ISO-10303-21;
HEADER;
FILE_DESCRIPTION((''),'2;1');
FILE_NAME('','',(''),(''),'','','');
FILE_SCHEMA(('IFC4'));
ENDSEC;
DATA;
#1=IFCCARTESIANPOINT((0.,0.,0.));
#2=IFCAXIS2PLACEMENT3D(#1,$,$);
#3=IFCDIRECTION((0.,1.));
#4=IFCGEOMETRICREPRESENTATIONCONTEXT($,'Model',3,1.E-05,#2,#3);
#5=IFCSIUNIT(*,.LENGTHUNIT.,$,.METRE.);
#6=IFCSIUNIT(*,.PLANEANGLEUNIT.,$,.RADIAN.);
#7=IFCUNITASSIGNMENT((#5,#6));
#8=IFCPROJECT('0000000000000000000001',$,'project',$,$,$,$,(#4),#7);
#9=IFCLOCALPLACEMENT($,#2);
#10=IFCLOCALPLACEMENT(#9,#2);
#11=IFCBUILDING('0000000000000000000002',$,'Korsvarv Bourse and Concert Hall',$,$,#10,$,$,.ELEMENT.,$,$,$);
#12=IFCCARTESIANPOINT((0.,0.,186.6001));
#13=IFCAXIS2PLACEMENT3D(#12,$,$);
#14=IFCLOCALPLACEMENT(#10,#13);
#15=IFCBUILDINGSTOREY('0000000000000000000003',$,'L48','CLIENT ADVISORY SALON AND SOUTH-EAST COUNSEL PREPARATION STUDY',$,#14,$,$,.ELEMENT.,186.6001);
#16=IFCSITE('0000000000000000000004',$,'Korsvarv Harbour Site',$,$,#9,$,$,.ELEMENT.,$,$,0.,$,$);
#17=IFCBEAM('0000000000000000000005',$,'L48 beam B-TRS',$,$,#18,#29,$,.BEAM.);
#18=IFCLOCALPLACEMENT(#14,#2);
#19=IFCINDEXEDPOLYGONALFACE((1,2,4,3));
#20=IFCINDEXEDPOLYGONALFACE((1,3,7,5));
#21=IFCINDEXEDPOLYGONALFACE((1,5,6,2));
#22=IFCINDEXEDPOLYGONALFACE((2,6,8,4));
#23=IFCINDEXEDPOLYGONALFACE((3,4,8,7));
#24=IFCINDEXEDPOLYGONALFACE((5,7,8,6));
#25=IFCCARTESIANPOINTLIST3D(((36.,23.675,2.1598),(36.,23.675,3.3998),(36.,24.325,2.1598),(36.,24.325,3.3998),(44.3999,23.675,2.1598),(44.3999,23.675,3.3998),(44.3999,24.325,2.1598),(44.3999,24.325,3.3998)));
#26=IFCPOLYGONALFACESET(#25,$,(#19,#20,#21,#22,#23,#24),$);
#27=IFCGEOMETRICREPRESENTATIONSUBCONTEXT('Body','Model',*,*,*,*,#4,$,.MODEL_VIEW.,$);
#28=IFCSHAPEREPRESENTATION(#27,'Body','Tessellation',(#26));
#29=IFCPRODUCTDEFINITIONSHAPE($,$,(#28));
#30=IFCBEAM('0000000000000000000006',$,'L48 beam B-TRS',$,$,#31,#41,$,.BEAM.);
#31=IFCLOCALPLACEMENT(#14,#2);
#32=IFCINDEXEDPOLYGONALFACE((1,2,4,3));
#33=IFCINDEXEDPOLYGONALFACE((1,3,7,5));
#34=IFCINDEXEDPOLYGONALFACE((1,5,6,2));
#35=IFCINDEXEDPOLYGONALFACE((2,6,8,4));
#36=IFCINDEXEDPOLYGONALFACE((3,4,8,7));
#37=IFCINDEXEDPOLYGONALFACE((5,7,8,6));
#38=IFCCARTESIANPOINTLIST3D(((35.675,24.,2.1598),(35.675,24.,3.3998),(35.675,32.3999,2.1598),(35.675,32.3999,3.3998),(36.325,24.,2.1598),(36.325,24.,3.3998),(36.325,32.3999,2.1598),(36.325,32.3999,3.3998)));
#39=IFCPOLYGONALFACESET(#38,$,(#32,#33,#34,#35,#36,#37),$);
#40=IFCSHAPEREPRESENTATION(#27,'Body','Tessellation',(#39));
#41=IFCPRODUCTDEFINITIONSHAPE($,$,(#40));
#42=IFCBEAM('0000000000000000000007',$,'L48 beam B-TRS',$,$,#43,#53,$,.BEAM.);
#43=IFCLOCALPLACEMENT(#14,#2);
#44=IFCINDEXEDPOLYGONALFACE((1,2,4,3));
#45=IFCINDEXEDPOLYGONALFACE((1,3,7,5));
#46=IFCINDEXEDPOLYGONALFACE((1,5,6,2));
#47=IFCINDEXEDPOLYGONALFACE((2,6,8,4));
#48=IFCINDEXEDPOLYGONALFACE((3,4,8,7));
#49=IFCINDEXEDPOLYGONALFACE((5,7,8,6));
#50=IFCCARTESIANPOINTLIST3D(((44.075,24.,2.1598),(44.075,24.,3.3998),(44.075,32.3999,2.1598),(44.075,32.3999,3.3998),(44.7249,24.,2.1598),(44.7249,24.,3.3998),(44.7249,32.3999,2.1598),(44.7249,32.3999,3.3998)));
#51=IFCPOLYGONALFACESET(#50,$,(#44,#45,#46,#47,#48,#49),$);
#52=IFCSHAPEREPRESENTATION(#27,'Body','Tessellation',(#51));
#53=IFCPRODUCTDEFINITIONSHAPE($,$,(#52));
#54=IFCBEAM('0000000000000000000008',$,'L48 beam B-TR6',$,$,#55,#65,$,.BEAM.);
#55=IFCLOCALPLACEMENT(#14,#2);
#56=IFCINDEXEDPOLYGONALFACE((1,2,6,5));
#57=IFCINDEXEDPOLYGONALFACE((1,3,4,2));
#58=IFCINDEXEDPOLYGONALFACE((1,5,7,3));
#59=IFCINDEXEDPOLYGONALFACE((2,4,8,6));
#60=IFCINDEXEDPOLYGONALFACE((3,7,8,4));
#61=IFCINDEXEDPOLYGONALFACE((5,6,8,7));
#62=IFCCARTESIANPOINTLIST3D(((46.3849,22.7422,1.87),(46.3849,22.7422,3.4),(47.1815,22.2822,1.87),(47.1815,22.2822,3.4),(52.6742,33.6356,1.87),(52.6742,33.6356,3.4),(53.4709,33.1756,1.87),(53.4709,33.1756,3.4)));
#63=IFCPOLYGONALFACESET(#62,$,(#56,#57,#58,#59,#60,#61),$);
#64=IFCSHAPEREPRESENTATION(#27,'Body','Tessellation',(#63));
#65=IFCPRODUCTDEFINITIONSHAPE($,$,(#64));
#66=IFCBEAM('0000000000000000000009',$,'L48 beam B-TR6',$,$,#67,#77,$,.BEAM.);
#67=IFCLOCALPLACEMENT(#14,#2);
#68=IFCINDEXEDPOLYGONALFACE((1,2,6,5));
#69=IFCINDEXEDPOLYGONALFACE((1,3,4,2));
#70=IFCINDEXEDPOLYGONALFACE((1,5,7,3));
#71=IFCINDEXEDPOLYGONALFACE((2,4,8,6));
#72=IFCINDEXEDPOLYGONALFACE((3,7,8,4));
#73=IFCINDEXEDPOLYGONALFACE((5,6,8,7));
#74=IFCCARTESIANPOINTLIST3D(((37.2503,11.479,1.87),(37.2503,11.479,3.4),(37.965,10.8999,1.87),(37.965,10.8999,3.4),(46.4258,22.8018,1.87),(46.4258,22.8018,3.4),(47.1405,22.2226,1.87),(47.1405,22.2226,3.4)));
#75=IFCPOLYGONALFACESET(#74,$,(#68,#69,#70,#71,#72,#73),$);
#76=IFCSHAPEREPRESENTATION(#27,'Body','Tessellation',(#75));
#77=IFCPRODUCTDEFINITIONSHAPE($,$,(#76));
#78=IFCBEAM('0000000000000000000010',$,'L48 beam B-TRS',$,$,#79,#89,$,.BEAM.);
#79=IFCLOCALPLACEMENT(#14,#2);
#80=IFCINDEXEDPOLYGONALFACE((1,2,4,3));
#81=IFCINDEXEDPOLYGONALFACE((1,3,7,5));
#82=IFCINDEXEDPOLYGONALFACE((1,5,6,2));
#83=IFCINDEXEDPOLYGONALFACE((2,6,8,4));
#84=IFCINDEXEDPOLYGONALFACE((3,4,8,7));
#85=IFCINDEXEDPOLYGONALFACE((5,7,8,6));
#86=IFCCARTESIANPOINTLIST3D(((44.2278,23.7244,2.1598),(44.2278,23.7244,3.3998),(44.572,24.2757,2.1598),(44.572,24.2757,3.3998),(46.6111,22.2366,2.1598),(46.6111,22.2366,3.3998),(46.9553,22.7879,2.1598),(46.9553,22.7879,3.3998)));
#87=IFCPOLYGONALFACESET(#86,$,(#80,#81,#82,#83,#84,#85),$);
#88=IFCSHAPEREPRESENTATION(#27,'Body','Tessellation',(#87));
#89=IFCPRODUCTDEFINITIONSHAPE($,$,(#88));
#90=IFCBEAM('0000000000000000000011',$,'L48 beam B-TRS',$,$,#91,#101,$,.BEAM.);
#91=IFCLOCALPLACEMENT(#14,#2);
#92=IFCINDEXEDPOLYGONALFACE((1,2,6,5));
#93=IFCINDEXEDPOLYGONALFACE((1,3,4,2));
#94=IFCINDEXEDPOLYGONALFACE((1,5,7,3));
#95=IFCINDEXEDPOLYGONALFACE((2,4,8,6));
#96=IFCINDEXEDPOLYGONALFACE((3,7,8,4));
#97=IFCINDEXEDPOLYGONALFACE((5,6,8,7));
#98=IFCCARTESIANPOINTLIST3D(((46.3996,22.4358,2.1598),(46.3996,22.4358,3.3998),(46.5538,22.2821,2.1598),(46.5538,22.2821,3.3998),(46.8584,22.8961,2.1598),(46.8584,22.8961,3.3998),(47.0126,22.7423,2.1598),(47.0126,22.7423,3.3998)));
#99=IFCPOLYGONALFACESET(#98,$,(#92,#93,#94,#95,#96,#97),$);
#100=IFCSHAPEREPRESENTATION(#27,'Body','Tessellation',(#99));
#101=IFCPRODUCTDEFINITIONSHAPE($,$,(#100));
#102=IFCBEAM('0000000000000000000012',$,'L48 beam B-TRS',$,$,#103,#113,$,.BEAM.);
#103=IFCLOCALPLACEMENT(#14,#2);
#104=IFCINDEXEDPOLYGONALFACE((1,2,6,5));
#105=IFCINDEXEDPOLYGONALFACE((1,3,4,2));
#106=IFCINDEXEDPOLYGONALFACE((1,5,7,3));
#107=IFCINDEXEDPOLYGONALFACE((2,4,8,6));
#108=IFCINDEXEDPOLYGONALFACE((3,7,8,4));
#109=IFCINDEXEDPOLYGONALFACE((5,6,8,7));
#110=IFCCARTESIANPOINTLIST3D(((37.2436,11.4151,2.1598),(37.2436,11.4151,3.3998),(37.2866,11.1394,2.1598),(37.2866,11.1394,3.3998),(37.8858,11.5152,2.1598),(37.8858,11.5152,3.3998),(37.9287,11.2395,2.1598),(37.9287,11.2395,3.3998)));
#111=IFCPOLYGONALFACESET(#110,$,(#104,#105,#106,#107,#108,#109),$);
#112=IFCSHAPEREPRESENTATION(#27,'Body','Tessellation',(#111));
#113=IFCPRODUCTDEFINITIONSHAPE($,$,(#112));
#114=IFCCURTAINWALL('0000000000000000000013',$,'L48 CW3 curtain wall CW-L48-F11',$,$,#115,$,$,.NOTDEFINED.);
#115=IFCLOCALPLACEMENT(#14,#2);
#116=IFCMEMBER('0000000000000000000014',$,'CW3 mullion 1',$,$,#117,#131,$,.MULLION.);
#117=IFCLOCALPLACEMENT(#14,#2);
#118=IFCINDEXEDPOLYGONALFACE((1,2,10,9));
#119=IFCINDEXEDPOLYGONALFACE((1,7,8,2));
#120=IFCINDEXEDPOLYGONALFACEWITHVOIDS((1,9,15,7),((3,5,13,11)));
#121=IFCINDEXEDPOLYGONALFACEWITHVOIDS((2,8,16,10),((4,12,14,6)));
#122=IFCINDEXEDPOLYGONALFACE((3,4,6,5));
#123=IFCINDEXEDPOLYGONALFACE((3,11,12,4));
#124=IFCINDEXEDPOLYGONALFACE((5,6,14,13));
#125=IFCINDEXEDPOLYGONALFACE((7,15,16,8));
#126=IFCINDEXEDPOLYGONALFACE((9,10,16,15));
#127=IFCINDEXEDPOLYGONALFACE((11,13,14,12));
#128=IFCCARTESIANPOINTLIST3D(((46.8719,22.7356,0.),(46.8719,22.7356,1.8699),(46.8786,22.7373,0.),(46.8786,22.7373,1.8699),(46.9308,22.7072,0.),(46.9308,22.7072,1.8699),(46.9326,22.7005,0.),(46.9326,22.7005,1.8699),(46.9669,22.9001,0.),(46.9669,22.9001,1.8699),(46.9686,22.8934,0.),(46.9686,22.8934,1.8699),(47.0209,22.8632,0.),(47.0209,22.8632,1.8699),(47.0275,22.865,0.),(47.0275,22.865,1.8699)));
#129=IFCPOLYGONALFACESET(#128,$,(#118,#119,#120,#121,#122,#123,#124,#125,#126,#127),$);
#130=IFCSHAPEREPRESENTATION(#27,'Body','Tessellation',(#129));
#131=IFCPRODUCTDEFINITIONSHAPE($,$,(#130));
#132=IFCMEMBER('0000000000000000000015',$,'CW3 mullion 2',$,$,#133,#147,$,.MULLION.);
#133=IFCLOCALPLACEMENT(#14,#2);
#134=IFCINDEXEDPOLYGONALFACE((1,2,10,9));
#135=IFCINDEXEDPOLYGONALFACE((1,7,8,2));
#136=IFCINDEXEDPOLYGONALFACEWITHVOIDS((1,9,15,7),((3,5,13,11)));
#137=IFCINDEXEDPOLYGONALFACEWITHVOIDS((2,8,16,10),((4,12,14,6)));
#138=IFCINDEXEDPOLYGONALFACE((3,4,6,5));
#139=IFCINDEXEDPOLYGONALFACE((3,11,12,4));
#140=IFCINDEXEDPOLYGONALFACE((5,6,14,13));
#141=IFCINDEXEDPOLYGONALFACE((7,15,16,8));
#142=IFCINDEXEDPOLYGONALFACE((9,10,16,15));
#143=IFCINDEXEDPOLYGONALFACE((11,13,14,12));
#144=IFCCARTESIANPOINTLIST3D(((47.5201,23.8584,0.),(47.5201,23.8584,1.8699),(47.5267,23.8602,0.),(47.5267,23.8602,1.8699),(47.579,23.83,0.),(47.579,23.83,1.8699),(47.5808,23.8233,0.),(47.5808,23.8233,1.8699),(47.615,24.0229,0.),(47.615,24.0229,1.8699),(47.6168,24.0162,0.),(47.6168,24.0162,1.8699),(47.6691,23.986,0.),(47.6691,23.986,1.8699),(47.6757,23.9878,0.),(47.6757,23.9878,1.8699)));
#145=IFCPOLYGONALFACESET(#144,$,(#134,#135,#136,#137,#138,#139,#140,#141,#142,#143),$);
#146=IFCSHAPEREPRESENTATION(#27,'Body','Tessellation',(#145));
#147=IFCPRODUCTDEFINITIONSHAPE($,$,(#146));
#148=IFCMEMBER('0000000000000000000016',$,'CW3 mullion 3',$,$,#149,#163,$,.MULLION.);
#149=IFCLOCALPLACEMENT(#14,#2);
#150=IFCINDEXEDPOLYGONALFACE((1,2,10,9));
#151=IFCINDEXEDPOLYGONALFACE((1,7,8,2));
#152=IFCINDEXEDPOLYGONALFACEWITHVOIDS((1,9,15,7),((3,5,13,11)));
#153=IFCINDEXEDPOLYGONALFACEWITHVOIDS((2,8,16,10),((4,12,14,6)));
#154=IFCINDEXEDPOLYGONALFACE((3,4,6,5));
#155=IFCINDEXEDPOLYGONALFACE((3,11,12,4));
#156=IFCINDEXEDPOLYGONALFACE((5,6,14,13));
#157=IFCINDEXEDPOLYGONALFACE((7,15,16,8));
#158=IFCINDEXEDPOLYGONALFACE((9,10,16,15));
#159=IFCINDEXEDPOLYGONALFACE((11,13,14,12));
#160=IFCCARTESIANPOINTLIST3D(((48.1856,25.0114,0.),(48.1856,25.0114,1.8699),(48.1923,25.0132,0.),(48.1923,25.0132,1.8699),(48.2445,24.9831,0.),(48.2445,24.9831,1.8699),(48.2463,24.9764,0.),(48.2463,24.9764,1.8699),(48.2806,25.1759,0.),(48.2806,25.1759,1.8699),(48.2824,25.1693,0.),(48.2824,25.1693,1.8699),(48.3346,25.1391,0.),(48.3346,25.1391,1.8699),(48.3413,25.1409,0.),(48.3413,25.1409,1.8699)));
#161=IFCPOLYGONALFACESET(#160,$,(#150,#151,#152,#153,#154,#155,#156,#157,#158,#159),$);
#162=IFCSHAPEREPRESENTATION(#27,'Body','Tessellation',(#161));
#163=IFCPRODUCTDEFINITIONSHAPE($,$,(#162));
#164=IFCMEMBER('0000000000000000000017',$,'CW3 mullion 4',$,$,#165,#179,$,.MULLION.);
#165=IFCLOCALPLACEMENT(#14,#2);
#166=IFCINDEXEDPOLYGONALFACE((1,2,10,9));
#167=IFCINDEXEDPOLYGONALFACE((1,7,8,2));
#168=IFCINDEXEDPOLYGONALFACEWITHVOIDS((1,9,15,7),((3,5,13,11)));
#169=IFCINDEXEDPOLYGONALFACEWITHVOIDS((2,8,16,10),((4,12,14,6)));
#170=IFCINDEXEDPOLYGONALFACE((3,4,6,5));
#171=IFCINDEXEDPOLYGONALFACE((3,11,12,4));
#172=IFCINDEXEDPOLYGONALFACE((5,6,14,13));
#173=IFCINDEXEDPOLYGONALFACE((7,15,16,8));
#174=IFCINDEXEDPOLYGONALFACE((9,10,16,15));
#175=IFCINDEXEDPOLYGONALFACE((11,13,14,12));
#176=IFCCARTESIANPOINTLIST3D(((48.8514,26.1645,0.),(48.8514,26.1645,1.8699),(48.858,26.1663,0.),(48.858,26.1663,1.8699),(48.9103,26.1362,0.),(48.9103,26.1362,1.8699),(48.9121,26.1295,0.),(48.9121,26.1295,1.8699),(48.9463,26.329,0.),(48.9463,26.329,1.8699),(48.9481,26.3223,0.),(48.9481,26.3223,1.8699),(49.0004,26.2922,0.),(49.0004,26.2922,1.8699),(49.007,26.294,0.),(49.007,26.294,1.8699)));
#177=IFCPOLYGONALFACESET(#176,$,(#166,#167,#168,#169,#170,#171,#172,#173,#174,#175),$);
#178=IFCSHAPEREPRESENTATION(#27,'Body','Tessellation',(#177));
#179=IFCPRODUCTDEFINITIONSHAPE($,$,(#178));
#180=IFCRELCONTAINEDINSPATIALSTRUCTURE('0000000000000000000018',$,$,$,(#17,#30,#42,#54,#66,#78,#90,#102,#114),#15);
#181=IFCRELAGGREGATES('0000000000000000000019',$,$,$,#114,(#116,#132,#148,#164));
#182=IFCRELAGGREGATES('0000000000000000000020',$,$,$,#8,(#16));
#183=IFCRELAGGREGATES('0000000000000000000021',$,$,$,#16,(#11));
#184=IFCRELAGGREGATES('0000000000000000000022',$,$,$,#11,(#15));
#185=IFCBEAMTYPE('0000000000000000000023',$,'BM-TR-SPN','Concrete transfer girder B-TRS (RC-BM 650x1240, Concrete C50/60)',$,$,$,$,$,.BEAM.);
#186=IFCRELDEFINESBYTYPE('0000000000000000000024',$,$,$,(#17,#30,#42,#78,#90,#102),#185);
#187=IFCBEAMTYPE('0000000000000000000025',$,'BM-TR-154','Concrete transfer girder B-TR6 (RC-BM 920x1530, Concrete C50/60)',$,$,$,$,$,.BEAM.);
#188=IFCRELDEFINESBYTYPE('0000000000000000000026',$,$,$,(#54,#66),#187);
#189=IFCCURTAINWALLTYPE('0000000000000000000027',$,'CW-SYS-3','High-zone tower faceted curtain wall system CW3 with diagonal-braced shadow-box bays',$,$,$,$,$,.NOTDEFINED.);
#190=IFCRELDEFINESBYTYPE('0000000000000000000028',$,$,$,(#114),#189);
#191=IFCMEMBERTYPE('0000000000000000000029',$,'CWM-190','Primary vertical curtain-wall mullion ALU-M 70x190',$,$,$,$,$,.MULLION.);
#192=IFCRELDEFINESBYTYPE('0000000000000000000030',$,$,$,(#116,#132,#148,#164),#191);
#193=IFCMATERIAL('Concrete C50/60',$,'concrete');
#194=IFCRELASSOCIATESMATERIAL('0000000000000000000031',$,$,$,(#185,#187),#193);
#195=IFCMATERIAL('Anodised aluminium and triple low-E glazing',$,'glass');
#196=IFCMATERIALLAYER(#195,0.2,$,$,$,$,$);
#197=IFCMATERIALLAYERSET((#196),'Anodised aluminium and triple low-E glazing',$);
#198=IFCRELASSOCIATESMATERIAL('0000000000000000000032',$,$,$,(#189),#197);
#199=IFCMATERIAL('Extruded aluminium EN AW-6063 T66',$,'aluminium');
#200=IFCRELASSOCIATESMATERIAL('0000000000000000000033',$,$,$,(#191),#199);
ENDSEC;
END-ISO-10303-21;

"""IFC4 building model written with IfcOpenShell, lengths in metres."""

from ifc_helpers import new_model, si_unit, direction, frame, origin, origin_2d, place, context, subcontext, project, spatial, rectangle, hollow_rectangle, extrude, source, transform, mapped, material, layer, layer_set, material_profile, profile_set, type_object, element, aggregate, save


model = new_model("IFC4")

# Units and contexts
model_context = context("Model", 3, precision=1e-05, world=origin(), true_north=direction((0.0, 1.0)))
body_context = subcontext(model_context, "Body", "Model", "MODEL_VIEW")
ifc_project = project(units=[si_unit("LENGTHUNIT", "METRE"), si_unit("PLANEANGLEUNIT", "RADIAN")], contexts=[model_context])

# Site, building, storey
site_placement = place(None, origin())
site = spatial("IfcSite", under=ifc_project, at=site_placement, Name="Korsvarv Harbour Site", CompositionType="ELEMENT", RefElevation=0.0)
building_placement = place(site_placement, origin())
building = spatial("IfcBuilding", under=site, at=building_placement, Name="Korsvarv Bourse and Concert Hall", CompositionType="ELEMENT")
storey_placement = place(building_placement, frame((0.0, 0.0, 186.6001)))
storey = spatial("IfcBuildingStorey", under=building, at=storey_placement, Name="L48", Description="CLIENT ADVISORY SALON AND SOUTH-EAST COUNSEL PREPARATION STUDY", CompositionType="ELEMENT", Elevation=186.6001)

# Beams
ifc_material_1 = material(Name="Concrete C50/60", Category="concrete")
ifc_material_profile_1 = material_profile(ifc_material_1, rectangle(XDim=0.6499, YDim=1.24, at=origin_2d()), Name="RC-BM 650x1240")
ifc_profile_set_1 = profile_set([ifc_material_profile_1], Name="Concrete C50/60")
beam_type_1 = type_object("IfcBeamType", Name="BM-TR-SPN", Description="Concrete transfer girder B-TRS (RC-BM 650x1240, Concrete C50/60)", PredefinedType="BEAM", material=ifc_profile_set_1)
shared_shape_1 = source(origin(), body_context, "Body", "SweptSolid", [
    extrude(rectangle(XDim=0.6499, YDim=1.24, at=origin_2d()), origin(), (0.0, 0.0, 1.0), 8.3999),
])
for number, where, z_axis, x_axis, name in (
    (1, (36.0, 24.0, 2.7798), (1.0, 0.0, 0.0), (0.0, 1.0, 0.0), "L48 beam B-TRS"),
    (2, (36.0, 24.0, 2.7798), (0.0, 1.0, 0.0), (-1.0, 0.0, 0.0), "L48 beam B-TRS"),
    (3, (44.3999, 24.0, 2.7798), (0.0, 1.0, 0.0), (-1.0, 0.0, 0.0), "L48 beam B-TRS"),
):
    element("IfcBeam", number, at=place(storey_placement, frame(where, z_axis=z_axis, x_axis=x_axis)), inside=storey, type_object=beam_type_1, Name=name, PredefinedType="BEAM", context=body_context, shape_type="MappedRepresentation", body=[
        mapped(shared_shape_1, transform((0.0, 0.0, 0.0), scale=1.0)),
    ])
ifc_material_profile_2 = material_profile(ifc_material_1, rectangle(XDim=0.9199, YDim=1.53, at=origin_2d()), Name="RC-BM 920x1530")
ifc_profile_set_2 = profile_set([ifc_material_profile_2], Name="Concrete C50/60")
beam_type_2 = type_object("IfcBeamType", Name="BM-TR-154", Description="Concrete transfer girder B-TR6 (RC-BM 920x1530, Concrete C50/60)", PredefinedType="BEAM", material=ifc_profile_set_2)
shared_shape_2 = source(origin(), body_context, "Body", "SweptSolid", [
    extrude(rectangle(XDim=0.9199, YDim=1.53, at=origin_2d()), origin(), (0.0, 0.0, 1.0), 12.5786),
])
beam_1_placement = place(storey_placement, frame((46.7832, 22.5122, 2.635), z_axis=(0.500003, 0.866024, 0.0), x_axis=(-0.866024, 0.500003, 0.0)))
element("IfcBeam", 4, at=beam_1_placement, inside=storey, type_object=beam_type_2, Name="L48 beam B-TR6", PredefinedType="BEAM", context=body_context, shape_type="MappedRepresentation", body=[
    mapped(shared_shape_2, transform((0.0, 0.0, 0.0), scale=1.0)),
])
shared_shape_3 = source(origin(), body_context, "Body", "SweptSolid", [
    extrude(rectangle(XDim=0.9199, YDim=1.53, at=origin_2d()), origin(), (0.0, 0.0, 1.0), 14.5737),
])
beam_2_placement = place(storey_placement, frame((37.6077, 11.1895, 2.635), z_axis=(0.629592, 0.776926, 0.0), x_axis=(-0.776926, 0.629592, 0.0)))
element("IfcBeam", 5, at=beam_2_placement, inside=storey, type_object=beam_type_2, Name="L48 beam B-TR6", PredefinedType="BEAM", context=body_context, shape_type="MappedRepresentation", body=[
    mapped(shared_shape_3, transform((0.0, 0.0, 0.0), scale=1.0)),
])
shared_shape_4 = source(origin(), body_context, "Body", "SweptSolid", [
    extrude(rectangle(XDim=0.6499, YDim=1.24, at=origin_2d()), origin(), (0.0, 0.0, 1.0), 2.8096),
])
beam_3_placement = place(storey_placement, frame((46.7832, 22.5122, 2.7798), z_axis=(-0.848281, 0.529546, 0.0), x_axis=(-0.529546, -0.848281, 0.0)))
element("IfcBeam", 6, at=beam_3_placement, inside=storey, type_object=beam_type_1, Name="L48 beam B-TRS", PredefinedType="BEAM", context=body_context, shape_type="MappedRepresentation", body=[
    mapped(shared_shape_4, transform((0.0, 0.0, 0.0), scale=1.0)),
])
shared_shape_5 = source(origin(), body_context, "Body", "SweptSolid", [
    extrude(rectangle(XDim=0.6499, YDim=1.24, at=origin_2d()), origin(), (0.0, 0.0, 1.0), 0.2178),
])
beam_4_placement = place(storey_placement, frame((46.7832, 22.5122, 2.7798), z_axis=(-0.708227, 0.705985, 0.0), x_axis=(-0.705985, -0.708227, 0.0)))
element("IfcBeam", 7, at=beam_4_placement, inside=storey, type_object=beam_type_1, Name="L48 beam B-TRS", PredefinedType="BEAM", context=body_context, shape_type="MappedRepresentation", body=[
    mapped(shared_shape_5, transform((0.0, 0.0, 0.0), scale=1.0)),
])
shared_shape_6 = source(origin(), body_context, "Body", "SweptSolid", [
    extrude(rectangle(XDim=0.6499, YDim=1.24, at=origin_2d()), origin(), (0.0, 0.0, 1.0), 0.2791),
])
beam_5_placement = place(storey_placement, frame((37.6077, 11.1895, 2.7798), z_axis=(-0.15403, 0.988066, 0.0), x_axis=(-0.988066, -0.15403, 0.0)))
element("IfcBeam", 8, at=beam_5_placement, inside=storey, type_object=beam_type_1, Name="L48 beam B-TRS", PredefinedType="BEAM", context=body_context, shape_type="MappedRepresentation", body=[
    mapped(shared_shape_6, transform((0.0, 0.0, 0.0), scale=1.0)),
])

# Curtain wall, members
ifc_material_2 = material(Name="Anodised aluminium and triple low-E glazing", Category="glass")
ifc_layer_1 = layer(ifc_material_2, 0.2)
ifc_layer_set_1 = layer_set([ifc_layer_1], Name="Anodised aluminium and triple low-E glazing")
curtain_wall_type = type_object("IfcCurtainWallType", Name="CW-SYS-3", Description="High-zone tower faceted curtain wall system CW3 with diagonal-braced shadow-box bays", PredefinedType="NOTDEFINED", material=ifc_layer_set_1)
curtain_wall_placement = place(storey_placement, origin())
curtain_wall = element("IfcCurtainWall", 9, at=curtain_wall_placement, inside=storey, type_object=curtain_wall_type, Name="L48 CW3 curtain wall CW-L48-F11", PredefinedType="NOTDEFINED")
ifc_material_3 = material(Name="Extruded aluminium EN AW-6063 T66", Category="aluminium")
ifc_material_profile_3 = material_profile(ifc_material_3, hollow_rectangle(XDim=0.0701, YDim=0.1899, WallThickness=0.0049, at=origin_2d()), Name="ALU-M 70x190")
ifc_profile_set_3 = profile_set([ifc_material_profile_3], Name="Extruded aluminium EN AW-6063 T66")
member_type_1 = type_object("IfcMemberType", Name="CWM-190", Description="Primary vertical curtain-wall mullion ALU-M 70x190", PredefinedType="MULLION", material=ifc_profile_set_3)
shared_shape_7 = source(origin(), body_context, "Body", "SweptSolid", [
    extrude(hollow_rectangle(XDim=0.0701, YDim=0.1899, WallThickness=0.0049, at=origin_2d()), origin(), (0.0, 0.0, 1.0), 1.8699),
])
member_1_placement = place(storey_placement, frame((46.9497, 22.8003, 0.0), z_axis=(0.0, 0.0, 1.0), x_axis=(-0.866029, 0.499994, 0.0)))
member_1 = element("IfcMember", 10, at=member_1_placement, type_object=member_type_1, Name="CW3 mullion 1", PredefinedType="MULLION", context=body_context, shape_type="MappedRepresentation", body=[
    mapped(shared_shape_7, transform((0.0, 0.0, 0.0), scale=1.0)),
])
member_2_placement = place(storey_placement, frame((47.5979, 23.9231, 0.0), z_axis=(0.0, 0.0, 1.0), x_axis=(-0.866029, 0.499994, 0.0)))
member_2 = element("IfcMember", 11, at=member_2_placement, type_object=member_type_1, Name="CW3 mullion 2", PredefinedType="MULLION", context=body_context, shape_type="MappedRepresentation", body=[
    mapped(shared_shape_7, transform((0.0, 0.0, 0.0), scale=1.0)),
])
member_3_placement = place(storey_placement, frame((48.2634, 25.0762, 0.0), z_axis=(0.0, 0.0, 1.0), x_axis=(-0.866029, 0.499994, 0.0)))
member_3 = element("IfcMember", 12, at=member_3_placement, type_object=member_type_1, Name="CW3 mullion 3", PredefinedType="MULLION", context=body_context, shape_type="MappedRepresentation", body=[
    mapped(shared_shape_7, transform((0.0, 0.0, 0.0), scale=1.0)),
])
member_4_placement = place(storey_placement, frame((48.9292, 26.2292, 0.0), z_axis=(0.0, 0.0, 1.0), x_axis=(-0.866029, 0.499994, 0.0)))
member_4 = element("IfcMember", 13, at=member_4_placement, type_object=member_type_1, Name="CW3 mullion 4", PredefinedType="MULLION", context=body_context, shape_type="MappedRepresentation", body=[
    mapped(shared_shape_7, transform((0.0, 0.0, 0.0), scale=1.0)),
])
aggregate(curtain_wall, [member_1, member_2, member_3, member_4])

save(model, "model.ifc")
